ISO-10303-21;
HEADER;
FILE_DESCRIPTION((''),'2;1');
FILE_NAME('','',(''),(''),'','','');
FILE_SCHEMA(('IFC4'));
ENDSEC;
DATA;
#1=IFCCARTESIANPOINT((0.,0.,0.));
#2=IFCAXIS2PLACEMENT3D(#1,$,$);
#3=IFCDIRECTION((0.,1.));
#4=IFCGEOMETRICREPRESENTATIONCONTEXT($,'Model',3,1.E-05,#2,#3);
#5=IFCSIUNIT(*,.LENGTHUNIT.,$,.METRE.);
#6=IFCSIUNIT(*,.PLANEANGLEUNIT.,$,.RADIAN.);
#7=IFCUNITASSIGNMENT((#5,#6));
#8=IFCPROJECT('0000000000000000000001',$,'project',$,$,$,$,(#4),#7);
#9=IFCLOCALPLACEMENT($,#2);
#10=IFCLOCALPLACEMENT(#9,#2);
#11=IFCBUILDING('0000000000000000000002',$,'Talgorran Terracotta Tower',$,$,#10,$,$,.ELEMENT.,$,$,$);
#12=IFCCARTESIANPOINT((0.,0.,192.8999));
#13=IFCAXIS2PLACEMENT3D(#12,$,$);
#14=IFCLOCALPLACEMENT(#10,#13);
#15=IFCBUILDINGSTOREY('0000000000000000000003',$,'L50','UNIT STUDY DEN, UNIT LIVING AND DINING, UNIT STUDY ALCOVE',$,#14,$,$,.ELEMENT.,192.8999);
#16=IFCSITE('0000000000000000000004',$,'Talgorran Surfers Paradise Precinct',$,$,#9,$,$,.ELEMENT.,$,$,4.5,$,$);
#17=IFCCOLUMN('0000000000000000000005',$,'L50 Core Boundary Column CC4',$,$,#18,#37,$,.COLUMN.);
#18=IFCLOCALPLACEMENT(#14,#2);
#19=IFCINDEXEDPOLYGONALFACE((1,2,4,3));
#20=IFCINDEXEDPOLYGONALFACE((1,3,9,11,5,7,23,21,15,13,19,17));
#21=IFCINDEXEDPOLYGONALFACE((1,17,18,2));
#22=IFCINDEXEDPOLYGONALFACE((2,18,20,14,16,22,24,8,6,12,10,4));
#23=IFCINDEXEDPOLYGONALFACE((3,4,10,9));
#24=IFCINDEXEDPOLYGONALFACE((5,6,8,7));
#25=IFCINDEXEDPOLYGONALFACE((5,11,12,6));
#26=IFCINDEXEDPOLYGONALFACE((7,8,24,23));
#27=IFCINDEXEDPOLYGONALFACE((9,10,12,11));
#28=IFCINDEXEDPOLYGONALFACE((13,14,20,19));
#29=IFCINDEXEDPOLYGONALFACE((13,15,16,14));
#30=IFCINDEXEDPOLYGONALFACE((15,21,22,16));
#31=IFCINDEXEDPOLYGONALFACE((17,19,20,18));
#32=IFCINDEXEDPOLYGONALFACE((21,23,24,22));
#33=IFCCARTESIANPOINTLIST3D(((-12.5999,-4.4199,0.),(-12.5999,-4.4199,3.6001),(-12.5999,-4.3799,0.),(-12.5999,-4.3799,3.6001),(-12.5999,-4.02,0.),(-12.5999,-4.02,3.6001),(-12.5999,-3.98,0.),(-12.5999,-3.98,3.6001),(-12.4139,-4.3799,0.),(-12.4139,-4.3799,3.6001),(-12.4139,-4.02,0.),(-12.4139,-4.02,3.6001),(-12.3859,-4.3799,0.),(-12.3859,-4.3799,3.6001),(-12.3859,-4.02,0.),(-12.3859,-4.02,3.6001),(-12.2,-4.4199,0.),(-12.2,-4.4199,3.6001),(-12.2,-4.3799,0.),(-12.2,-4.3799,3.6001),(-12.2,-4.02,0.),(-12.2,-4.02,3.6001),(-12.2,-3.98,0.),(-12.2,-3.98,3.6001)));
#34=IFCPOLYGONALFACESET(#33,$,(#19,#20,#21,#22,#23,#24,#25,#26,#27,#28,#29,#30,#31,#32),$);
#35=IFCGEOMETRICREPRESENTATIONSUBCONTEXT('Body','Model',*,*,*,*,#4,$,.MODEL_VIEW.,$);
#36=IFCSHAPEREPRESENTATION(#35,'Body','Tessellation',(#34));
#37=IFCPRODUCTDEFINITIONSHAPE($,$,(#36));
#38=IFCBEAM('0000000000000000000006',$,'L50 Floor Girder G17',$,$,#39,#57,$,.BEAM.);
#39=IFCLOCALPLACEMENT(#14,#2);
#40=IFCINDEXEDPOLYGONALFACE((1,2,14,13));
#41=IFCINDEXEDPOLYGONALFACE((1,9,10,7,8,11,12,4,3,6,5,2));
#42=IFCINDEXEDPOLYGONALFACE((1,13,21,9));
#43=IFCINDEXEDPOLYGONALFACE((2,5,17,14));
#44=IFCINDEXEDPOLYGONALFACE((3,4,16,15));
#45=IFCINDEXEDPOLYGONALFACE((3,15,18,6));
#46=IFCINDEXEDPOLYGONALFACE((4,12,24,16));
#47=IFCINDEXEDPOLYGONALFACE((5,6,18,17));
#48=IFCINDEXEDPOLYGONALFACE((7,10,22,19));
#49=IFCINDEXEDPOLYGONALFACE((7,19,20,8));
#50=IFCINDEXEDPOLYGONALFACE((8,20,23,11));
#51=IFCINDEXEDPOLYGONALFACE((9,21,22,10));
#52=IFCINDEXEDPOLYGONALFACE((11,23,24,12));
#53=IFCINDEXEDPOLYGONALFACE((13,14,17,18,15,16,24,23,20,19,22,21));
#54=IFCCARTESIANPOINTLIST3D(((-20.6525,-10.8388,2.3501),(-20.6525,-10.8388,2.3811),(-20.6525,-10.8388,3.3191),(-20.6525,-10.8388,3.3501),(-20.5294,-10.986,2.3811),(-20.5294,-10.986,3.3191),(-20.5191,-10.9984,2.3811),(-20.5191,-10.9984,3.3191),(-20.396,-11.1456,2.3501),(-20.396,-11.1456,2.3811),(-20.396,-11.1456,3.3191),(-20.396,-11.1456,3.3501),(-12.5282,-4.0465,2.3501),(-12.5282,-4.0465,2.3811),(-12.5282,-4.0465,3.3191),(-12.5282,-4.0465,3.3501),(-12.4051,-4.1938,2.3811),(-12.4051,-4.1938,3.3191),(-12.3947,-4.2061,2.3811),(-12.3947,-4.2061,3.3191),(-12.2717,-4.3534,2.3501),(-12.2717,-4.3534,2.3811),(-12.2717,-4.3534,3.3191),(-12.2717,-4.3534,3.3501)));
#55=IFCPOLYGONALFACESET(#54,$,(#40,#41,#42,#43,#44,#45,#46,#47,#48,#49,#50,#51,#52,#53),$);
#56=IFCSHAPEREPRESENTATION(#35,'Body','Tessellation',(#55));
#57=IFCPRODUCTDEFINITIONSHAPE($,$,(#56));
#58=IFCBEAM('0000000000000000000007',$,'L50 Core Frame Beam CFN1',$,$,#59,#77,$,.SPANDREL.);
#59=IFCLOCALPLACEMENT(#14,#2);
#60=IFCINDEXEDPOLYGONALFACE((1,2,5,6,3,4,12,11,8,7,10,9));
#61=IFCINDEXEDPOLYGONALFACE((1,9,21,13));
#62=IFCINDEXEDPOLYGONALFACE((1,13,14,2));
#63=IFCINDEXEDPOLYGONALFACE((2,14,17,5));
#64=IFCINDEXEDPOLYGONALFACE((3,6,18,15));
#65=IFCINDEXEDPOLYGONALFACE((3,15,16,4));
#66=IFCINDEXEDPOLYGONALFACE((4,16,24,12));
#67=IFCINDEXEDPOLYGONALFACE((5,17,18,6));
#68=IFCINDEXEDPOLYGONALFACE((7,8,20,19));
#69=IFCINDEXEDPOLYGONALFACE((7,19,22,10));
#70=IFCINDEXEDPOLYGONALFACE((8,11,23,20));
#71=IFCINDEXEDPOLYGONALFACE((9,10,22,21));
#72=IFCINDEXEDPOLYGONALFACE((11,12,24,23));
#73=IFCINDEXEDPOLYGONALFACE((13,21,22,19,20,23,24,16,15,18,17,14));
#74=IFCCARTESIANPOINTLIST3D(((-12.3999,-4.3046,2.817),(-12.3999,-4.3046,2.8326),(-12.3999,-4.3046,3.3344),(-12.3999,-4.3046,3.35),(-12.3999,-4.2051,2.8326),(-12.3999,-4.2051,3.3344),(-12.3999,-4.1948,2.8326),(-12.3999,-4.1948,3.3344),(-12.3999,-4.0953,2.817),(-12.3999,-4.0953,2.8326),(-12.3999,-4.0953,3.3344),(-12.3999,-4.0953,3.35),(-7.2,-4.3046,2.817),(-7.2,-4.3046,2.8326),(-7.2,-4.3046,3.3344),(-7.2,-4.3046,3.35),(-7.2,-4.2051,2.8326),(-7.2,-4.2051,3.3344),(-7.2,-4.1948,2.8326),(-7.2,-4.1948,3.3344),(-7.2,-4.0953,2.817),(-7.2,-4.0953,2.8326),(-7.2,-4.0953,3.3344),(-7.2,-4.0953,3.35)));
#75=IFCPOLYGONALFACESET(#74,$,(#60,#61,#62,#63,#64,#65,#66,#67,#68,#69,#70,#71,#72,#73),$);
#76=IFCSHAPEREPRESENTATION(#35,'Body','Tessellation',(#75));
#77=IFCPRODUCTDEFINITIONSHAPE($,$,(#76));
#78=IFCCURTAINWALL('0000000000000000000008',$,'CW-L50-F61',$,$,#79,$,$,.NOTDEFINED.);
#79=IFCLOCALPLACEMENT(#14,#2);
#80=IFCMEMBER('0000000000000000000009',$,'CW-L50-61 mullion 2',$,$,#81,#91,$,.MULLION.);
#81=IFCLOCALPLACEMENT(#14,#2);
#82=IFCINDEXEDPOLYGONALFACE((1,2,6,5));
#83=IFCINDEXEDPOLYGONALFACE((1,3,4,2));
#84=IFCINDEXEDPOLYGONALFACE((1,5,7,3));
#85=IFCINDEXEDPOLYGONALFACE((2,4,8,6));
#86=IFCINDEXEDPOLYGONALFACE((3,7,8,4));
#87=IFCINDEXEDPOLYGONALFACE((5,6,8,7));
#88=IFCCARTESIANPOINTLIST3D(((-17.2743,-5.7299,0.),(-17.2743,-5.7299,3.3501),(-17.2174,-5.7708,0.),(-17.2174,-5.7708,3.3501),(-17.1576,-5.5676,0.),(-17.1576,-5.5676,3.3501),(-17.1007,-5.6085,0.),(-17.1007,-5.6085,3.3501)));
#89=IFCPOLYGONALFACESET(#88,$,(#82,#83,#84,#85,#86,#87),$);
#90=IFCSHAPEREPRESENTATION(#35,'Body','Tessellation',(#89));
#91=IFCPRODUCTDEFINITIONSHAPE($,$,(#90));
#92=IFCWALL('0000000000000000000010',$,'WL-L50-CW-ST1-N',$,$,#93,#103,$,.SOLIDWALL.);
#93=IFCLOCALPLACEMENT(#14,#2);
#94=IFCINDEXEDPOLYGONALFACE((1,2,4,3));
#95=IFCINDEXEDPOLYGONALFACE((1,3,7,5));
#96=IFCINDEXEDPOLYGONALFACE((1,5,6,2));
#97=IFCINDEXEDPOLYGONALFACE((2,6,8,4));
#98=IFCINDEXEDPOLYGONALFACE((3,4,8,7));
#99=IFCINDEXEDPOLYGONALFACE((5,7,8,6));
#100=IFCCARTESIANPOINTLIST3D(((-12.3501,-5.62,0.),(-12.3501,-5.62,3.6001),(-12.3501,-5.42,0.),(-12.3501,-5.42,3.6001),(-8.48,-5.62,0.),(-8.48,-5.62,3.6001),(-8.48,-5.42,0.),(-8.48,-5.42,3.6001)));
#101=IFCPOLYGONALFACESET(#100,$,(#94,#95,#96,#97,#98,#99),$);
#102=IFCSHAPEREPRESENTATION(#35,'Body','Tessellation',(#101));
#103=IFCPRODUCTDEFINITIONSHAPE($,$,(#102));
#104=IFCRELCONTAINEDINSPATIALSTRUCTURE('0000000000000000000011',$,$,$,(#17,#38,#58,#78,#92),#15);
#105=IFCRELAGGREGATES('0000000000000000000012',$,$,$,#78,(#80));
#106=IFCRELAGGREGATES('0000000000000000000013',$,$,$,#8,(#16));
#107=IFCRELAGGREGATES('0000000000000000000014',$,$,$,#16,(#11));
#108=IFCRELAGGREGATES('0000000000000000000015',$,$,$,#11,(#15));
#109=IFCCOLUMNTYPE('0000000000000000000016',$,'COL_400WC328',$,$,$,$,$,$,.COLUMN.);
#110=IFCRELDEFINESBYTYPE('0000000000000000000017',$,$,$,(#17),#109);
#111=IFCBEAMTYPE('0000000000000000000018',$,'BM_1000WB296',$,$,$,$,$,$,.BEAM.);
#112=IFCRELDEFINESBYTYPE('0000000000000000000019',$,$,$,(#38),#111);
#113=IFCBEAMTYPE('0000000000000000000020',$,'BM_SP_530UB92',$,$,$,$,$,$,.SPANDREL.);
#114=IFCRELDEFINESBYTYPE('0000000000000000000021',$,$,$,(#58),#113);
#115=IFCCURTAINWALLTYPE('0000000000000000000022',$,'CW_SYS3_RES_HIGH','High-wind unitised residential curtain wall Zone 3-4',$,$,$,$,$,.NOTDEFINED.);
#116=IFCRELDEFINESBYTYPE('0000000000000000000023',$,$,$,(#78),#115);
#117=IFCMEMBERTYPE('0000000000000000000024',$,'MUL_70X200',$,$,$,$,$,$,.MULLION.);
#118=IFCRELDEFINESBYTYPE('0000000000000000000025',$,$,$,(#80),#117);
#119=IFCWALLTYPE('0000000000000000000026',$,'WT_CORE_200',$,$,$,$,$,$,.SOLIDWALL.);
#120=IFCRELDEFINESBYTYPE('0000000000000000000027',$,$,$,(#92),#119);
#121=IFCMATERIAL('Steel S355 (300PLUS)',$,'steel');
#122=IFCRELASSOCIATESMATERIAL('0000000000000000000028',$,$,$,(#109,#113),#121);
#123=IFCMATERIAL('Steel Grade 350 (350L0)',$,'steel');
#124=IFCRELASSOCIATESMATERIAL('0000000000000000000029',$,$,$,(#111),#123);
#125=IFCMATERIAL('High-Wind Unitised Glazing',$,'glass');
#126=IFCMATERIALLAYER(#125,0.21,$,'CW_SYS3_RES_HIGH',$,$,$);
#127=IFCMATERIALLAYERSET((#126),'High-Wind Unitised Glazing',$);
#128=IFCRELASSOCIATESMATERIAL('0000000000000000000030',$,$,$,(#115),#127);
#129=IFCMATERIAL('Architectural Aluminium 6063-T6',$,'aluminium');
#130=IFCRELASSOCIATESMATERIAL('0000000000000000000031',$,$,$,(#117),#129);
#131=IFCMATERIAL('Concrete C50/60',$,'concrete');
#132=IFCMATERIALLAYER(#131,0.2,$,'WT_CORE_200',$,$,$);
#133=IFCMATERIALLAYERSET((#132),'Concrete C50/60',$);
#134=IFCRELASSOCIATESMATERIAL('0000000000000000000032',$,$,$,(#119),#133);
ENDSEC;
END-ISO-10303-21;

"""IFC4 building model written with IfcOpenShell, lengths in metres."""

from ifc_helpers import new_model, si_unit, direction, frame, frame_2d, origin, origin_2d, place, context, subcontext, project, spatial, rectangle, i_section, extrude, material, layer, layer_set, material_profile, profile_set, type_object, element, aggregate, save


model = new_model("IFC4")

# Units and contexts
model_context = context("Model", 3, precision=1e-05, world=origin(), true_north=direction((0.0, 1.0)))
body_context = subcontext(model_context, "Body", "Model", "MODEL_VIEW")
ifc_project = project(units=[si_unit("LENGTHUNIT", "METRE"), si_unit("PLANEANGLEUNIT", "RADIAN")], contexts=[model_context])

# Site, building, storey
site_placement = place(None, origin())
site = spatial("IfcSite", under=ifc_project, at=site_placement, Name="Talgorran Surfers Paradise Precinct", CompositionType="ELEMENT", RefElevation=4.5)
building_placement = place(site_placement, origin())
building = spatial("IfcBuilding", under=site, at=building_placement, Name="Talgorran Terracotta Tower", CompositionType="ELEMENT")
storey_placement = place(building_placement, frame((0.0, 0.0, 192.8999)))
storey = spatial("IfcBuildingStorey", under=building, at=storey_placement, Name="L50", Description="UNIT STUDY DEN, UNIT LIVING AND DINING, UNIT STUDY ALCOVE", CompositionType="ELEMENT", Elevation=192.8999)

# Column
ifc_material_1 = material(Name="Steel S355 (300PLUS)", Category="steel")
ifc_material_profile_1 = material_profile(ifc_material_1, i_section(OverallWidth=0.3999, OverallDepth=0.4399, WebThickness=0.0281, FlangeThickness=0.04, at=origin_2d()), Name="400WC328")
ifc_profile_set_1 = profile_set([ifc_material_profile_1], Name="Steel S355 (300PLUS)")
column_type = type_object("IfcColumnType", Name="COL_400WC328", PredefinedType="COLUMN", material=ifc_profile_set_1)
column_placement = place(storey_placement, frame((-12.3999, -4.2, 0.0), z_axis=(0.0, 0.0, 1.0), x_axis=(1.0, 0.0, 0.0)))
element("IfcColumn", 1, at=column_placement, inside=storey, type_object=column_type, Name="L50 Core Boundary Column CC4", PredefinedType="COLUMN", context=body_context, shape_type="SweptSolid", body=[
    extrude(i_section(OverallWidth=0.3999, OverallDepth=0.4399, WebThickness=0.0281, FlangeThickness=0.04, at=origin_2d()), origin(), (0.0, 0.0, 1.0), 3.6001),
])

# Beams
ifc_material_2 = material(Name="Steel Grade 350 (350L0)", Category="steel")
ifc_material_profile_2 = material_profile(ifc_material_2, i_section(OverallWidth=0.3999, OverallDepth=1.0, WebThickness=0.0161, FlangeThickness=0.031, at=origin_2d()), Name="1000WB296")
ifc_profile_set_2 = profile_set([ifc_material_profile_2], Name="Steel Grade 350 (350L0)")
beam_type_1 = type_object("IfcBeamType", Name="BM_1000WB296", PredefinedType="BEAM", material=ifc_profile_set_2)
beam_1_placement = place(storey_placement, frame((-12.3999, -4.2, 2.8501), z_axis=(-0.767198, -0.64141, 0.0), x_axis=(0.64141, -0.767198, 0.0)))
element("IfcBeam", 2, at=beam_1_placement, inside=storey, type_object=beam_type_1, Name="L50 Floor Girder G17", PredefinedType="BEAM", context=body_context, shape_type="SweptSolid", body=[
    extrude(i_section(OverallWidth=0.3999, OverallDepth=1.0, WebThickness=0.0161, FlangeThickness=0.031, at=origin_2d()), origin(), (0.0, 0.0, 1.0), 10.5896),
])
ifc_material_profile_3 = material_profile(ifc_material_1, i_section(OverallWidth=0.2092, OverallDepth=0.533, WebThickness=0.0103, FlangeThickness=0.0156, at=origin_2d()), Name="530UB92.4")
ifc_profile_set_3 = profile_set([ifc_material_profile_3], Name="Steel S355 (300PLUS)")
beam_type_2 = type_object("IfcBeamType", Name="BM_SP_530UB92", PredefinedType="SPANDREL", material=ifc_profile_set_3)
beam_2_placement = place(storey_placement, frame((-12.3999, -4.2, 3.0835), z_axis=(1.0, 0.0, 0.0), x_axis=(0.0, 1.0, 0.0)))
element("IfcBeam", 3, at=beam_2_placement, inside=storey, type_object=beam_type_2, Name="L50 Core Frame Beam CFN1", PredefinedType="SPANDREL", context=body_context, shape_type="SweptSolid", body=[
    extrude(i_section(OverallWidth=0.2092, OverallDepth=0.533, WebThickness=0.0103, FlangeThickness=0.0156, at=origin_2d()), origin(), (0.0, 0.0, 1.0), 5.2),
])

# Curtain wall, member
ifc_material_3 = material(Name="High-Wind Unitised Glazing", Category="glass")
ifc_layer_1 = layer(ifc_material_3, 0.21, Name="CW_SYS3_RES_HIGH")
ifc_layer_set_1 = layer_set([ifc_layer_1], Name="High-Wind Unitised Glazing")
curtain_wall_type = type_object("IfcCurtainWallType", Name="CW_SYS3_RES_HIGH", Description="High-wind unitised residential curtain wall Zone 3-4", PredefinedType="NOTDEFINED", material=ifc_layer_set_1)
curtain_wall_placement = place(storey_placement, origin())
curtain_wall = element("IfcCurtainWall", 4, at=curtain_wall_placement, inside=storey, type_object=curtain_wall_type, Name="CW-L50-F61", PredefinedType="NOTDEFINED")
ifc_material_4 = material(Name="Architectural Aluminium 6063-T6", Category="aluminium")
ifc_material_profile_4 = material_profile(ifc_material_4, rectangle(XDim=0.0701, YDim=0.2, at=origin_2d()), Name="CWM70X200")
ifc_profile_set_4 = profile_set([ifc_material_profile_4], Name="Architectural Aluminium 6063-T6")
member_type = type_object("IfcMemberType", Name="MUL_70X200", PredefinedType="MULLION", material=ifc_profile_set_4)
member_placement = place(storey_placement, frame((-17.1875, -5.6692, 0.0), z_axis=(0.0, 0.0, 1.0), x_axis=(0.811765, -0.583984, 0.0)))
member = element("IfcMember", 5, at=member_placement, type_object=member_type, Name="CW-L50-61 mullion 2", PredefinedType="MULLION", context=body_context, shape_type="SweptSolid", body=[
    extrude(rectangle(XDim=0.0701, YDim=0.2, at=origin_2d()), origin(), (0.0, 0.0, 1.0), 3.3501),
])
aggregate(curtain_wall, [member])

# Wall
ifc_material_5 = material(Name="Concrete C50/60", Category="concrete")
ifc_layer_2 = layer(ifc_material_5, 0.2, Name="WT_CORE_200")
ifc_layer_set_2 = layer_set([ifc_layer_2], Name="Concrete C50/60")
wall_type_1 = type_object("IfcWallType", Name="WT_CORE_200", PredefinedType="SOLIDWALL", material=ifc_layer_set_2)
wall_1_placement = place(storey_placement, frame((-12.3501, -5.52, 0.0), z_axis=(0.0, 0.0, 1.0), x_axis=(1.0, 0.0, 0.0)))
element("IfcWall", 6, at=wall_1_placement, inside=storey, type_object=wall_type_1, Name="WL-L50-CW-ST1-N", PredefinedType="SOLIDWALL", context=body_context, shape_type="SweptSolid", body=[
    extrude(rectangle(XDim=3.8701, YDim=0.2, at=frame_2d((1.9351, 0.0))), origin(), (0.0, 0.0, 1.0), 3.6001),
])

save(model, "model.ifc")
